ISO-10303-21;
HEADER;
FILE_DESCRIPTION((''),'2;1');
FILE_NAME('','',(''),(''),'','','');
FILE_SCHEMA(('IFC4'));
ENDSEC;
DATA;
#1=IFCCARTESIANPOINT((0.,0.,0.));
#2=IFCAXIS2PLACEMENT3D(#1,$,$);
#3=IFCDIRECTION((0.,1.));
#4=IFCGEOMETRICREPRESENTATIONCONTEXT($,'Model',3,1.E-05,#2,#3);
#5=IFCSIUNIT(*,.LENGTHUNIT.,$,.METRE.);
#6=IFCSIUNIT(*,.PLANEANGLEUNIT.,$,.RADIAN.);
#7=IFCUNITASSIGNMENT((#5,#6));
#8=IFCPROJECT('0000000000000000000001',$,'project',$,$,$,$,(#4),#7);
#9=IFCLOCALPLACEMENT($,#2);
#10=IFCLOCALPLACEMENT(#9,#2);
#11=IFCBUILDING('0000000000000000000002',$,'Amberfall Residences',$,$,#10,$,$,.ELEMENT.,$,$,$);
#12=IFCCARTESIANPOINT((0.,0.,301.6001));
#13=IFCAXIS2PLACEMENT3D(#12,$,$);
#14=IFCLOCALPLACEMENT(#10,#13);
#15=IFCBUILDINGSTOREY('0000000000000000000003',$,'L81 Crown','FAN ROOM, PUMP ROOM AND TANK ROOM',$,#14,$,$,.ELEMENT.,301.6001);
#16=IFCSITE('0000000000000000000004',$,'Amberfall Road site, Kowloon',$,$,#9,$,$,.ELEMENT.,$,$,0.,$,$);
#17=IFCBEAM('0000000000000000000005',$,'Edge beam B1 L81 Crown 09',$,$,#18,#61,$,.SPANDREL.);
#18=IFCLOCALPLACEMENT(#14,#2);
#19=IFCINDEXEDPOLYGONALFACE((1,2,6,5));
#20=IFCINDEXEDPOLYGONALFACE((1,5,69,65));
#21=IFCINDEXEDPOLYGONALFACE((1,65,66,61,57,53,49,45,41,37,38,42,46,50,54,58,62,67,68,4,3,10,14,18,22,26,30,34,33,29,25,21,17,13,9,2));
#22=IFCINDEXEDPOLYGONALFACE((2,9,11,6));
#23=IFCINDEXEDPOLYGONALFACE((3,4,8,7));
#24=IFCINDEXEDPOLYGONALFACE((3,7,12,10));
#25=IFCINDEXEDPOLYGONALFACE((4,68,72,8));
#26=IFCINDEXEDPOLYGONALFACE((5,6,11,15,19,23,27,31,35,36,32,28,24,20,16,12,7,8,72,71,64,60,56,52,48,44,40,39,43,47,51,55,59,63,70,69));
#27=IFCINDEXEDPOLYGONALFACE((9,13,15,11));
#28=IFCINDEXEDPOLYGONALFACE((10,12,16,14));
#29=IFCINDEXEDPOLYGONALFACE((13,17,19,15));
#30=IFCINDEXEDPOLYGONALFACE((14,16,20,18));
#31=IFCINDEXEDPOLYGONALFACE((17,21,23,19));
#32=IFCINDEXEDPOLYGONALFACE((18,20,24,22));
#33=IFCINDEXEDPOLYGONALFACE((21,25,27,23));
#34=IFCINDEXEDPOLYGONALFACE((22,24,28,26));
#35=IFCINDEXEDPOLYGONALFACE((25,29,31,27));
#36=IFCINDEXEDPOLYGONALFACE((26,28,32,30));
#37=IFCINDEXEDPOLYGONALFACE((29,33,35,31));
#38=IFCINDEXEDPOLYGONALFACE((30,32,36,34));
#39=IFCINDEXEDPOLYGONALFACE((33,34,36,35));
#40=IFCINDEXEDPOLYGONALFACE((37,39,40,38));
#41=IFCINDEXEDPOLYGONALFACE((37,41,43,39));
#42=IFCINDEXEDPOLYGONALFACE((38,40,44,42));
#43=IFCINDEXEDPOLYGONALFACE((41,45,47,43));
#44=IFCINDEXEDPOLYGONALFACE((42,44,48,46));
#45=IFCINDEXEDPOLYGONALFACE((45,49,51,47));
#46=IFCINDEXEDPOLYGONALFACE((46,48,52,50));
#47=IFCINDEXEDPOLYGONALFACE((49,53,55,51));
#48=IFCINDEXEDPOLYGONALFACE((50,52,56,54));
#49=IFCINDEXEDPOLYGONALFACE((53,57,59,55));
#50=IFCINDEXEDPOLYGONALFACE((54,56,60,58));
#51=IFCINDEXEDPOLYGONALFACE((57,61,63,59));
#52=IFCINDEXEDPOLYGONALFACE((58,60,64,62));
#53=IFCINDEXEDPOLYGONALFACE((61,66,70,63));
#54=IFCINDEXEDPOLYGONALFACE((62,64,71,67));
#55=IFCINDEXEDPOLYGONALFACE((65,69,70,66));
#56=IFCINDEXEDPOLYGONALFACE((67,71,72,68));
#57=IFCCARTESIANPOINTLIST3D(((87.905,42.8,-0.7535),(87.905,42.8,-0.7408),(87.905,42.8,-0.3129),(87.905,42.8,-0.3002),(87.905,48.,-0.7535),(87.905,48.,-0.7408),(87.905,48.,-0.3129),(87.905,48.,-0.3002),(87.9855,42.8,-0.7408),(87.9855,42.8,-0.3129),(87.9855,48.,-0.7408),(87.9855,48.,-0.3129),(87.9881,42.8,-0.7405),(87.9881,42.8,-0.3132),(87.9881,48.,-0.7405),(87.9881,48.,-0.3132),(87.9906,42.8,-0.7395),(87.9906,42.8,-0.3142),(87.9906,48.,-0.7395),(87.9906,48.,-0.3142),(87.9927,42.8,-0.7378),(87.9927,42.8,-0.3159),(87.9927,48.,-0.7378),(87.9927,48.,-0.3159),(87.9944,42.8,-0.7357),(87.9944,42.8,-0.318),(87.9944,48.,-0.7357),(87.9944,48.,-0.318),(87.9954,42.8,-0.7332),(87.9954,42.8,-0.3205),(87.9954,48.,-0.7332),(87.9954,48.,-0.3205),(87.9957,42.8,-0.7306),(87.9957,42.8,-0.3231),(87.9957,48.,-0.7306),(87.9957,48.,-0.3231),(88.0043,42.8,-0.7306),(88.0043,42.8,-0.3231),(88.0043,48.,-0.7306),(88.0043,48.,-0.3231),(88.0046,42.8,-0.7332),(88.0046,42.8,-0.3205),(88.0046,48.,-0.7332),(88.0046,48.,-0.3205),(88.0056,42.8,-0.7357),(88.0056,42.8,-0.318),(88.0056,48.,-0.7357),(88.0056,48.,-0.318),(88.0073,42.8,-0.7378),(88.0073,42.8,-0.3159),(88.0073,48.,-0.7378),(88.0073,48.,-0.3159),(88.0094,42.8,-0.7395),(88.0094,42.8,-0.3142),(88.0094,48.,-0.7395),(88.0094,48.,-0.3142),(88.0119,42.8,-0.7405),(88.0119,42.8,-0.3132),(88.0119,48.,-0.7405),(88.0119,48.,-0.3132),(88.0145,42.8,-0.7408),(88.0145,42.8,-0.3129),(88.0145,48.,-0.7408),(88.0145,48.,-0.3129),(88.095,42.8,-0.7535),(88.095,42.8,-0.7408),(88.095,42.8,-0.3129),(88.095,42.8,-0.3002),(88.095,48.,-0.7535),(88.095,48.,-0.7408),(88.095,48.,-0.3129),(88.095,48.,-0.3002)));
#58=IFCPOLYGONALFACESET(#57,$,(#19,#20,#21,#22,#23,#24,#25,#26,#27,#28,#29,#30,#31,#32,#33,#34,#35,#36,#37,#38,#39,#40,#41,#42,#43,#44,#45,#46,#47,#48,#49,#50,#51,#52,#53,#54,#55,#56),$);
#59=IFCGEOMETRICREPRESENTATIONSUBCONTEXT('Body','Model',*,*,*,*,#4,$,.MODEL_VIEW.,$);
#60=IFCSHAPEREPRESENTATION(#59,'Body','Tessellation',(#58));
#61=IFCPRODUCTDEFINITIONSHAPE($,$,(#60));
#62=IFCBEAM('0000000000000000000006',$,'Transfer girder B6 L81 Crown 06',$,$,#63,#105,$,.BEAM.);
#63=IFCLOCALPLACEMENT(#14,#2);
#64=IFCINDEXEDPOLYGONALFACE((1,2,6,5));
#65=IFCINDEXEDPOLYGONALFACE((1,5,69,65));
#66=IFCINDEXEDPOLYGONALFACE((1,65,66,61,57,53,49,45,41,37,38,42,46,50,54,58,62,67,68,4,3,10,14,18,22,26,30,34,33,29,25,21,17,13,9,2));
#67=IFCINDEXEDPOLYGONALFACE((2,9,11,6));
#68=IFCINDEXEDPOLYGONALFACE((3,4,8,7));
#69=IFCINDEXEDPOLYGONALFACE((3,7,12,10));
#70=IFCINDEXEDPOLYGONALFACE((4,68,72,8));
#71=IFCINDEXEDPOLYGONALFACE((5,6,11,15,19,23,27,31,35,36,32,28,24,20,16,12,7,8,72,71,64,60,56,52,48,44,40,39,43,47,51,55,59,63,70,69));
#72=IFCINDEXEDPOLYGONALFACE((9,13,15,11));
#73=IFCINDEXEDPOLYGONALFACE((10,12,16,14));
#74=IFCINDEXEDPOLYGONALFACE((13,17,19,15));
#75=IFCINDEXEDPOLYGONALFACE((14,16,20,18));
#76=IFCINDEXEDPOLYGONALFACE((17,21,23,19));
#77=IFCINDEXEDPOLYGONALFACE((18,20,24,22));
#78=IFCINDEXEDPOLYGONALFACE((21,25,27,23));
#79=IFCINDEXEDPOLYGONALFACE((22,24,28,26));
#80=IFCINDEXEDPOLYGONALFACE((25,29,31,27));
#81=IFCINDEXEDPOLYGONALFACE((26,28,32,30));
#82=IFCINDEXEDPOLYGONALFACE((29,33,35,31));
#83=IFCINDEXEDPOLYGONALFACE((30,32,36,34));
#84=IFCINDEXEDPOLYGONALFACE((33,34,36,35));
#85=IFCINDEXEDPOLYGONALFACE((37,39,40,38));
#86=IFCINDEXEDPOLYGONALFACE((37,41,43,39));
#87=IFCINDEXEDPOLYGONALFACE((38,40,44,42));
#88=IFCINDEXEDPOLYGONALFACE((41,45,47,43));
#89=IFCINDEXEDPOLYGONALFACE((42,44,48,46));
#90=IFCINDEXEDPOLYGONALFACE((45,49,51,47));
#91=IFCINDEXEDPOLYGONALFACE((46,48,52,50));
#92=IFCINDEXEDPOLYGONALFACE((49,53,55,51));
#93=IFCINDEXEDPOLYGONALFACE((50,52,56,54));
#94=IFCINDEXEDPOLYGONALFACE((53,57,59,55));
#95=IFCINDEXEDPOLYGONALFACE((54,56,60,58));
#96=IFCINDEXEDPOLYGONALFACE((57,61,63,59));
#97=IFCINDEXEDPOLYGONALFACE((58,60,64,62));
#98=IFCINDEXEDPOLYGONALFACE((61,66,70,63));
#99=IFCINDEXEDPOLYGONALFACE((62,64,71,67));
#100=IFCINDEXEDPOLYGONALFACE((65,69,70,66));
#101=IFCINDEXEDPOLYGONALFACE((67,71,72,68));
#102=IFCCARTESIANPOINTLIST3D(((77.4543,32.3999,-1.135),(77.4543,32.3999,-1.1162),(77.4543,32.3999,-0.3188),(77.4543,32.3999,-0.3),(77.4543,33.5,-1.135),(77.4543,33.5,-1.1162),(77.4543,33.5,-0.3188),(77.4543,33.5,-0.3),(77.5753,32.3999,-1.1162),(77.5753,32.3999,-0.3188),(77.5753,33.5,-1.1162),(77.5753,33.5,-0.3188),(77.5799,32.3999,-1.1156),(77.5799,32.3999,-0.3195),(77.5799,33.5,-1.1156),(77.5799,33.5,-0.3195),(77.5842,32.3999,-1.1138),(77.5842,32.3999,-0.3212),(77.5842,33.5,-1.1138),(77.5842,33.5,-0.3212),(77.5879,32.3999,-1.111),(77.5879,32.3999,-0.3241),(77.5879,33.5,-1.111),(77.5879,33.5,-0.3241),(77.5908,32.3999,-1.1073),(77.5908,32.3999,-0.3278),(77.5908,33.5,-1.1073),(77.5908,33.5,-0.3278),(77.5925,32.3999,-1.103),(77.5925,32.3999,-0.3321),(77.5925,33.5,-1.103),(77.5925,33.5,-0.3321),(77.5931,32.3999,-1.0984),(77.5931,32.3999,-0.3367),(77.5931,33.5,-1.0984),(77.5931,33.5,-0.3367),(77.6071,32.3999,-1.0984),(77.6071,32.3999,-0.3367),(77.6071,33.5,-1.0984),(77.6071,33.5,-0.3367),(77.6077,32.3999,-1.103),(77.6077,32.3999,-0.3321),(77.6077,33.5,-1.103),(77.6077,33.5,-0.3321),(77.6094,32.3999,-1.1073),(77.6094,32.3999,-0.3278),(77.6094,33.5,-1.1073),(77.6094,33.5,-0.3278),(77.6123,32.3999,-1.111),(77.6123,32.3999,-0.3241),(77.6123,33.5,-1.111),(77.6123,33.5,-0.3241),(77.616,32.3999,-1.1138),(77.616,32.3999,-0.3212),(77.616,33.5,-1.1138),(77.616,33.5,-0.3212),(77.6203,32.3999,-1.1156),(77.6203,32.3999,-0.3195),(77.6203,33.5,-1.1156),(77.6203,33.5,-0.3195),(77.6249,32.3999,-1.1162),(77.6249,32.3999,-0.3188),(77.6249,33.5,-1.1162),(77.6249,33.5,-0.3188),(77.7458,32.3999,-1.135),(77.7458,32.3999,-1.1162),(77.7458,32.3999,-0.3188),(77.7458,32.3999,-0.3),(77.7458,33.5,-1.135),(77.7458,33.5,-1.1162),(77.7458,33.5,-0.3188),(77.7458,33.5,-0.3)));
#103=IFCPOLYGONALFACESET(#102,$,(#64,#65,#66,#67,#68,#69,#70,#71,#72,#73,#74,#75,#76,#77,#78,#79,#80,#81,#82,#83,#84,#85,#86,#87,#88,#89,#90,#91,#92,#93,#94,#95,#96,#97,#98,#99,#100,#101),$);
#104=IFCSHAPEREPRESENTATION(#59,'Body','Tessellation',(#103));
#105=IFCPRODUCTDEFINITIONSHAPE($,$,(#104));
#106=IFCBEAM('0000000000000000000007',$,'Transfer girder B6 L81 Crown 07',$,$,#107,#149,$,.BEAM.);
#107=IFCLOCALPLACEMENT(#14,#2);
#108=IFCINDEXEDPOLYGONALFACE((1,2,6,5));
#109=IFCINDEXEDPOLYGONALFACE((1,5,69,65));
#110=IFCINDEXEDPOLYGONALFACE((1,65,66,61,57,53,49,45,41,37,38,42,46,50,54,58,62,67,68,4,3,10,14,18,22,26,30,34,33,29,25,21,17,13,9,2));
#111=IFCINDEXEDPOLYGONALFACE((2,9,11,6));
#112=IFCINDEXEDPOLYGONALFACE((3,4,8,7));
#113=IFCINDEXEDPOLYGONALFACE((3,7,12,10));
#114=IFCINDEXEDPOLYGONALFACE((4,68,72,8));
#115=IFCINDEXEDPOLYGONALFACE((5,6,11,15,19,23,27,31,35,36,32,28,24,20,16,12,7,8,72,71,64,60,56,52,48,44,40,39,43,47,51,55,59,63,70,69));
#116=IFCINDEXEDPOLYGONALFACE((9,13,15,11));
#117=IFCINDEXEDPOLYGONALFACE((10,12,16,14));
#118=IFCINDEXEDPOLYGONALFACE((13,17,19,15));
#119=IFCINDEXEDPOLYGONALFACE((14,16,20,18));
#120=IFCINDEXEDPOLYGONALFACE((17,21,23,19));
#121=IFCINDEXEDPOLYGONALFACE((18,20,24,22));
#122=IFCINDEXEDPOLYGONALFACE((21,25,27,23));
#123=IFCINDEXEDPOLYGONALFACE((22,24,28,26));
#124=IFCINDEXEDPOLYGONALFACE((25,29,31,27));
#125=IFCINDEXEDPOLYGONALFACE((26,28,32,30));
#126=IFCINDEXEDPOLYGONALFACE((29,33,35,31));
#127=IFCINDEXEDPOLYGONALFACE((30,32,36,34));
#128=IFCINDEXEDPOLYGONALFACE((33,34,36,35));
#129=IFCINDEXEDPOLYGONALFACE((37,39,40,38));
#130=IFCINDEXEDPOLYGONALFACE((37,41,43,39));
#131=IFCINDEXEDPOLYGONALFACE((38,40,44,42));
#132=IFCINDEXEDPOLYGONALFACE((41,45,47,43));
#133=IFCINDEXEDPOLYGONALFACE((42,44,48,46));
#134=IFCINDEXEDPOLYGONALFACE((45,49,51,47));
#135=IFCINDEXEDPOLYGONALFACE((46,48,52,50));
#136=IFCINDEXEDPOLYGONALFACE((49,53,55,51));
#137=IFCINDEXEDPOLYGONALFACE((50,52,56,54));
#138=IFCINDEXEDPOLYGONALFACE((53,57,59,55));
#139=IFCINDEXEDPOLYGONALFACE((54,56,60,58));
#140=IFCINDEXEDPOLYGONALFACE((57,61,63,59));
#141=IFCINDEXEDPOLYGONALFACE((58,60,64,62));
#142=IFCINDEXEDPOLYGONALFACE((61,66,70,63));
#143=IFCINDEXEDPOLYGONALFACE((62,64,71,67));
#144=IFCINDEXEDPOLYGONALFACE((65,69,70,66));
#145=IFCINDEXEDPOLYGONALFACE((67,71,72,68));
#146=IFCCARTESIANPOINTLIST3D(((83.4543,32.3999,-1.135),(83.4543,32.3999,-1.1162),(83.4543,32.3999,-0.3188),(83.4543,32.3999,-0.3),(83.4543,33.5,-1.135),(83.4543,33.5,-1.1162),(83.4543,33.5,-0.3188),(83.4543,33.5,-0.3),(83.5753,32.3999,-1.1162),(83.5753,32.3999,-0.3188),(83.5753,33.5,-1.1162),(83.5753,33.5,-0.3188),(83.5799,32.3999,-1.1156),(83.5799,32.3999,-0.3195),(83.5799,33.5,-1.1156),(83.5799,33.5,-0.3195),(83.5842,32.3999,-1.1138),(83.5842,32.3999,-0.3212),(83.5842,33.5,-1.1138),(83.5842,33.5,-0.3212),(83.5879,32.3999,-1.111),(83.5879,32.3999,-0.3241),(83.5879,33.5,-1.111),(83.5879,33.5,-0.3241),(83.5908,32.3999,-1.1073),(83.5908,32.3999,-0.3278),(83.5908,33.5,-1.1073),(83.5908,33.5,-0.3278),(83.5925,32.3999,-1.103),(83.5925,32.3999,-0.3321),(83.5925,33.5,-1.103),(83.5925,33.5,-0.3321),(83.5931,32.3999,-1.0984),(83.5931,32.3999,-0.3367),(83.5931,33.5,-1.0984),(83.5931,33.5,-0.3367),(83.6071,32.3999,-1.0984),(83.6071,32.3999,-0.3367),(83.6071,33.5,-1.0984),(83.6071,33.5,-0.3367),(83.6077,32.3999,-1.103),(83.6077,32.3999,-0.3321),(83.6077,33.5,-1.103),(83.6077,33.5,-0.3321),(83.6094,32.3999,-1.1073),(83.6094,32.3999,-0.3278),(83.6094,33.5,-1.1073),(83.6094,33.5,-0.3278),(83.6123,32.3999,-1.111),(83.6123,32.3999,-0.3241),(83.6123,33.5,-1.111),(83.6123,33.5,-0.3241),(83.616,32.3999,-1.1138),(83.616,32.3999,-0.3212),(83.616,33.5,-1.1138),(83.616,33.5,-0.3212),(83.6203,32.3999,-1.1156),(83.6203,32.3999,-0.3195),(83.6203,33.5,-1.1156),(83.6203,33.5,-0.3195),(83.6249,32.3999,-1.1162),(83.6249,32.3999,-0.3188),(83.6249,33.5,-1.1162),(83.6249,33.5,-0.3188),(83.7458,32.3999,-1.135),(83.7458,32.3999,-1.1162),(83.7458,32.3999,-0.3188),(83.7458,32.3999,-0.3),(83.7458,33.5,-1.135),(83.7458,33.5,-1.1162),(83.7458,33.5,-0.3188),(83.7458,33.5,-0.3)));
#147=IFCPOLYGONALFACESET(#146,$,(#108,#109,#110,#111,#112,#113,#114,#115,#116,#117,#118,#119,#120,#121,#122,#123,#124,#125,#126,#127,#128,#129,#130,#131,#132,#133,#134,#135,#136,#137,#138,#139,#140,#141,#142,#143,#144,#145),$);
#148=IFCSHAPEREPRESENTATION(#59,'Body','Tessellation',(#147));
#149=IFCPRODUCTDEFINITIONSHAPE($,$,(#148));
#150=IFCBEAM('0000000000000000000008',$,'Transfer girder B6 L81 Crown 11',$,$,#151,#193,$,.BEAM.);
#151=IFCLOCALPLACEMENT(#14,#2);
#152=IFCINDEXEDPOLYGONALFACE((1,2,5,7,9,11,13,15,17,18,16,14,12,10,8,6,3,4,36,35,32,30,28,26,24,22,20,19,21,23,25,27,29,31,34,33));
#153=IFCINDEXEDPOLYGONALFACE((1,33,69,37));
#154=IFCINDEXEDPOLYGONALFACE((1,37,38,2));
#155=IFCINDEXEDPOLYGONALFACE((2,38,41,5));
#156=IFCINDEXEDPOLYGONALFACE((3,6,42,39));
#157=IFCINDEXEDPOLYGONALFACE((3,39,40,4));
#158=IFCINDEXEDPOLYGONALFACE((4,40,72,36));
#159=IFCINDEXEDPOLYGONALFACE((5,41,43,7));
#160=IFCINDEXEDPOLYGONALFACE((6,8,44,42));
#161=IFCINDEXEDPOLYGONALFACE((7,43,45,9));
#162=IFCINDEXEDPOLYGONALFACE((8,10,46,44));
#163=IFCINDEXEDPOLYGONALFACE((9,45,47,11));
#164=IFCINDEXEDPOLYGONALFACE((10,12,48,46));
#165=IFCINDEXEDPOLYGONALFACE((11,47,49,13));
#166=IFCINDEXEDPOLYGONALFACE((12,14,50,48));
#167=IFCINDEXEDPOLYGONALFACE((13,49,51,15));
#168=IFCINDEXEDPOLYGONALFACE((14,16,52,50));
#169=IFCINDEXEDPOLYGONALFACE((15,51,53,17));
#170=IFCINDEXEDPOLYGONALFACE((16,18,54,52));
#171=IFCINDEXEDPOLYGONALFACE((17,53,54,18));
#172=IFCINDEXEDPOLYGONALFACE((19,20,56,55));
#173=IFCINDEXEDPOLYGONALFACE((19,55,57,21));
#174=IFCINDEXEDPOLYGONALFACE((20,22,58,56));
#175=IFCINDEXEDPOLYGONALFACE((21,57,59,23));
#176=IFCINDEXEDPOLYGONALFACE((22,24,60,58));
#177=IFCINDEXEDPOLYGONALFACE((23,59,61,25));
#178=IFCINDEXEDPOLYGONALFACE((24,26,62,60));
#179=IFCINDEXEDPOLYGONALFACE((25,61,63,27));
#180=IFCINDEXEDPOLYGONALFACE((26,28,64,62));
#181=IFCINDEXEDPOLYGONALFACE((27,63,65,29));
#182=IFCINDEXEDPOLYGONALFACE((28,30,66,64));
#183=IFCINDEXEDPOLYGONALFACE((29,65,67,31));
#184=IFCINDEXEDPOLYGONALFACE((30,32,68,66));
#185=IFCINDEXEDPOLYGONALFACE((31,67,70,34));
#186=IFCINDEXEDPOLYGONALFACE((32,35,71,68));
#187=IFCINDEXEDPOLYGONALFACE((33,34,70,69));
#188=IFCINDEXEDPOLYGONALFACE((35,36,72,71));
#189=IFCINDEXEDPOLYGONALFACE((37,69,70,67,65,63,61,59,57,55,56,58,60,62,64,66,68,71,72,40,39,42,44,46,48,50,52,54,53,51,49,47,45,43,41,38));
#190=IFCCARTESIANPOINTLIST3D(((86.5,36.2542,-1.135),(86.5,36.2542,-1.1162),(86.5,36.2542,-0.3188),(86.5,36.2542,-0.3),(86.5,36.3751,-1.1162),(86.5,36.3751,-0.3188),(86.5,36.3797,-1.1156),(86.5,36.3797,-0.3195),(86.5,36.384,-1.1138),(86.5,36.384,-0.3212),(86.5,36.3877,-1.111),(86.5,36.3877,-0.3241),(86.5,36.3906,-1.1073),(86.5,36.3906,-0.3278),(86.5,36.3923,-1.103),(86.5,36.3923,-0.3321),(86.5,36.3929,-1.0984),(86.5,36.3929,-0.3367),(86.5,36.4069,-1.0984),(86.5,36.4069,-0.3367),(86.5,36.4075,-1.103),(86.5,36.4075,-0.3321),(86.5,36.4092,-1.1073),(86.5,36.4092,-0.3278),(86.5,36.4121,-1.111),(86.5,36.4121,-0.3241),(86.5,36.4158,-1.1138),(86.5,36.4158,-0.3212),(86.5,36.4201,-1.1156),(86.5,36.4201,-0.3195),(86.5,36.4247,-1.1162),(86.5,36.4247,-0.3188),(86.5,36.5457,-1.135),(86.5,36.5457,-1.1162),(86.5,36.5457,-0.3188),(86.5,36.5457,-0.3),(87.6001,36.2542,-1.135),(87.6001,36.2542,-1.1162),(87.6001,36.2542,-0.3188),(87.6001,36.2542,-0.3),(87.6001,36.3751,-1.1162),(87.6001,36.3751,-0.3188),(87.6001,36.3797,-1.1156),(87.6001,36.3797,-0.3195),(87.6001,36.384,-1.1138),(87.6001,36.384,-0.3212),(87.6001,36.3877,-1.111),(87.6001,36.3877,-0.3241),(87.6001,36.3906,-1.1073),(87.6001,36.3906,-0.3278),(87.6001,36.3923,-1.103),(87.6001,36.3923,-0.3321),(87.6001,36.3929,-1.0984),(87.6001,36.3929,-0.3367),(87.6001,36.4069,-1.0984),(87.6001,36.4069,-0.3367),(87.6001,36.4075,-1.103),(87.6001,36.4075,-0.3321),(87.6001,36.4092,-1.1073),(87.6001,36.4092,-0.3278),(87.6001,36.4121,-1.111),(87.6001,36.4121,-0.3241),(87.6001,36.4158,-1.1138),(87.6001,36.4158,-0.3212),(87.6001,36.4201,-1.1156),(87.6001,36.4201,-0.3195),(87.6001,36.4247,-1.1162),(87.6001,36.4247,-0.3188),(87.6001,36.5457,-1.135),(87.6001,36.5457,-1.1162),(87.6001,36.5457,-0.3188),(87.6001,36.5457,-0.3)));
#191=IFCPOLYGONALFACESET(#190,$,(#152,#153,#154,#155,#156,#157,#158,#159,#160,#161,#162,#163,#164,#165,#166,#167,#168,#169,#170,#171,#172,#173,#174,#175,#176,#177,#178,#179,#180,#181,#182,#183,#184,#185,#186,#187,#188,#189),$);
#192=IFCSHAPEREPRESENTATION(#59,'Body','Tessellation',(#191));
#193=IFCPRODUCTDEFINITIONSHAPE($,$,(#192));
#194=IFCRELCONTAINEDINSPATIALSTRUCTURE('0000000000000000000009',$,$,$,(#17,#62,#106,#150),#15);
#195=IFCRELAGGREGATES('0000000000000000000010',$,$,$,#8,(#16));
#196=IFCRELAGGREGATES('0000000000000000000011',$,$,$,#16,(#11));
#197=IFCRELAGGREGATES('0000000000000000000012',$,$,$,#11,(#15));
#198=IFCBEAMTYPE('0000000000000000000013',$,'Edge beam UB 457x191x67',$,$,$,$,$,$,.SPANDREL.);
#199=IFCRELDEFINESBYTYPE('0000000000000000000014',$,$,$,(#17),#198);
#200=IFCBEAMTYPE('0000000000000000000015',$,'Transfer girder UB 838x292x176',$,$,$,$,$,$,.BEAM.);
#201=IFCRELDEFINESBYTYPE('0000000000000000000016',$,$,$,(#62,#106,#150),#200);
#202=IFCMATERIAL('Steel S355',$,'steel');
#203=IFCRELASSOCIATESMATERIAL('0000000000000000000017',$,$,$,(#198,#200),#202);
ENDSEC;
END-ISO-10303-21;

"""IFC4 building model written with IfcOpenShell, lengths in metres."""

from ifc_helpers import new_model, si_unit, direction, frame, origin, origin_2d, place, context, subcontext, project, spatial, i_section, extrude, material, material_profile, profile_set, type_object, element, save


model = new_model("IFC4")

# Units and contexts
model_context = context("Model", 3, precision=1e-05, world=origin(), true_north=direction((0.0, 1.0)))
body_context = subcontext(model_context, "Body", "Model", "MODEL_VIEW")
ifc_project = project(units=[si_unit("LENGTHUNIT", "METRE"), si_unit("PLANEANGLEUNIT", "RADIAN")], contexts=[model_context])

# Site, building, storey
site_placement = place(None, origin())
site = spatial("IfcSite", under=ifc_project, at=site_placement, Name="Amberfall Road site, Kowloon", CompositionType="ELEMENT", RefElevation=0.0)
building_placement = place(site_placement, origin())
building = spatial("IfcBuilding", under=site, at=building_placement, Name="Amberfall Residences", CompositionType="ELEMENT")
storey_placement = place(building_placement, frame((0.0, 0.0, 301.6001)))
storey = spatial("IfcBuildingStorey", under=building, at=storey_placement, Name="L81 Crown", Description="FAN ROOM, PUMP ROOM AND TANK ROOM", CompositionType="ELEMENT", Elevation=301.6001)

# Beams
ifc_material_1 = material(Name="Steel S355", Category="steel")
ifc_material_profile_1 = material_profile(ifc_material_1, i_section(OverallWidth=0.1899, OverallDepth=0.4534, WebThickness=0.0085, FlangeThickness=0.0127, FilletRadius=0.0103, at=origin_2d()), Name="UB 457x191x67")
ifc_profile_set_1 = profile_set([ifc_material_profile_1], Name="Steel S355")
beam_type_1 = type_object("IfcBeamType", Name="Edge beam UB 457x191x67", PredefinedType="SPANDREL", material=ifc_profile_set_1)
for number, where, z_axis, x_axis, name in (
    (1, (88.0, 42.8, -0.5269), (0.0, 1.0, 0.0), (-1.0, 0.0, 0.0), "Edge beam B1 L81 Crown 09"),
):
    element("IfcBeam", number, at=place(storey_placement, frame(where, z_axis=z_axis, x_axis=x_axis)), inside=storey, type_object=beam_type_1, Name=name, PredefinedType="SPANDREL", context=body_context, shape_type="SweptSolid", body=[
        extrude(i_section(OverallWidth=0.1899, OverallDepth=0.4534, WebThickness=0.0085, FlangeThickness=0.0127, FilletRadius=0.0103, at=origin_2d()), origin(), (0.0, 0.0, 1.0), 5.2),
    ])
ifc_material_profile_2 = material_profile(ifc_material_1, i_section(OverallWidth=0.2915, OverallDepth=0.835, WebThickness=0.0139, FlangeThickness=0.0188, FilletRadius=0.0178, at=origin_2d()), Name="UB 838x292x176")
ifc_profile_set_2 = profile_set([ifc_material_profile_2], Name="Steel S355")
beam_type_2 = type_object("IfcBeamType", Name="Transfer girder UB 838x292x176", PredefinedType="BEAM", material=ifc_profile_set_2)
for number, where, z_axis, x_axis, name in (
    (2, (77.6001, 32.3999, -0.7175), (0.0, 1.0, 0.0), (-1.0, 0.0, 0.0), "Transfer girder B6 L81 Crown 06"),
    (3, (83.6001, 32.3999, -0.7175), (0.0, 1.0, 0.0), (-1.0, 0.0, 0.0), "Transfer girder B6 L81 Crown 07"),
    (4, (87.6001, 36.3999, -0.7175), (-1.0, 0.0, 0.0), (0.0, -1.0, 0.0), "Transfer girder B6 L81 Crown 11"),
):
    element("IfcBeam", number, at=place(storey_placement, frame(where, z_axis=z_axis, x_axis=x_axis)), inside=storey, type_object=beam_type_2, Name=name, PredefinedType="BEAM", context=body_context, shape_type="SweptSolid", body=[
        extrude(i_section(OverallWidth=0.2915, OverallDepth=0.835, WebThickness=0.0139, FlangeThickness=0.0188, FilletRadius=0.0178, at=origin_2d()), origin(), (0.0, 0.0, 1.0), 1.1001),
    ])

save(model, "model.ifc")
